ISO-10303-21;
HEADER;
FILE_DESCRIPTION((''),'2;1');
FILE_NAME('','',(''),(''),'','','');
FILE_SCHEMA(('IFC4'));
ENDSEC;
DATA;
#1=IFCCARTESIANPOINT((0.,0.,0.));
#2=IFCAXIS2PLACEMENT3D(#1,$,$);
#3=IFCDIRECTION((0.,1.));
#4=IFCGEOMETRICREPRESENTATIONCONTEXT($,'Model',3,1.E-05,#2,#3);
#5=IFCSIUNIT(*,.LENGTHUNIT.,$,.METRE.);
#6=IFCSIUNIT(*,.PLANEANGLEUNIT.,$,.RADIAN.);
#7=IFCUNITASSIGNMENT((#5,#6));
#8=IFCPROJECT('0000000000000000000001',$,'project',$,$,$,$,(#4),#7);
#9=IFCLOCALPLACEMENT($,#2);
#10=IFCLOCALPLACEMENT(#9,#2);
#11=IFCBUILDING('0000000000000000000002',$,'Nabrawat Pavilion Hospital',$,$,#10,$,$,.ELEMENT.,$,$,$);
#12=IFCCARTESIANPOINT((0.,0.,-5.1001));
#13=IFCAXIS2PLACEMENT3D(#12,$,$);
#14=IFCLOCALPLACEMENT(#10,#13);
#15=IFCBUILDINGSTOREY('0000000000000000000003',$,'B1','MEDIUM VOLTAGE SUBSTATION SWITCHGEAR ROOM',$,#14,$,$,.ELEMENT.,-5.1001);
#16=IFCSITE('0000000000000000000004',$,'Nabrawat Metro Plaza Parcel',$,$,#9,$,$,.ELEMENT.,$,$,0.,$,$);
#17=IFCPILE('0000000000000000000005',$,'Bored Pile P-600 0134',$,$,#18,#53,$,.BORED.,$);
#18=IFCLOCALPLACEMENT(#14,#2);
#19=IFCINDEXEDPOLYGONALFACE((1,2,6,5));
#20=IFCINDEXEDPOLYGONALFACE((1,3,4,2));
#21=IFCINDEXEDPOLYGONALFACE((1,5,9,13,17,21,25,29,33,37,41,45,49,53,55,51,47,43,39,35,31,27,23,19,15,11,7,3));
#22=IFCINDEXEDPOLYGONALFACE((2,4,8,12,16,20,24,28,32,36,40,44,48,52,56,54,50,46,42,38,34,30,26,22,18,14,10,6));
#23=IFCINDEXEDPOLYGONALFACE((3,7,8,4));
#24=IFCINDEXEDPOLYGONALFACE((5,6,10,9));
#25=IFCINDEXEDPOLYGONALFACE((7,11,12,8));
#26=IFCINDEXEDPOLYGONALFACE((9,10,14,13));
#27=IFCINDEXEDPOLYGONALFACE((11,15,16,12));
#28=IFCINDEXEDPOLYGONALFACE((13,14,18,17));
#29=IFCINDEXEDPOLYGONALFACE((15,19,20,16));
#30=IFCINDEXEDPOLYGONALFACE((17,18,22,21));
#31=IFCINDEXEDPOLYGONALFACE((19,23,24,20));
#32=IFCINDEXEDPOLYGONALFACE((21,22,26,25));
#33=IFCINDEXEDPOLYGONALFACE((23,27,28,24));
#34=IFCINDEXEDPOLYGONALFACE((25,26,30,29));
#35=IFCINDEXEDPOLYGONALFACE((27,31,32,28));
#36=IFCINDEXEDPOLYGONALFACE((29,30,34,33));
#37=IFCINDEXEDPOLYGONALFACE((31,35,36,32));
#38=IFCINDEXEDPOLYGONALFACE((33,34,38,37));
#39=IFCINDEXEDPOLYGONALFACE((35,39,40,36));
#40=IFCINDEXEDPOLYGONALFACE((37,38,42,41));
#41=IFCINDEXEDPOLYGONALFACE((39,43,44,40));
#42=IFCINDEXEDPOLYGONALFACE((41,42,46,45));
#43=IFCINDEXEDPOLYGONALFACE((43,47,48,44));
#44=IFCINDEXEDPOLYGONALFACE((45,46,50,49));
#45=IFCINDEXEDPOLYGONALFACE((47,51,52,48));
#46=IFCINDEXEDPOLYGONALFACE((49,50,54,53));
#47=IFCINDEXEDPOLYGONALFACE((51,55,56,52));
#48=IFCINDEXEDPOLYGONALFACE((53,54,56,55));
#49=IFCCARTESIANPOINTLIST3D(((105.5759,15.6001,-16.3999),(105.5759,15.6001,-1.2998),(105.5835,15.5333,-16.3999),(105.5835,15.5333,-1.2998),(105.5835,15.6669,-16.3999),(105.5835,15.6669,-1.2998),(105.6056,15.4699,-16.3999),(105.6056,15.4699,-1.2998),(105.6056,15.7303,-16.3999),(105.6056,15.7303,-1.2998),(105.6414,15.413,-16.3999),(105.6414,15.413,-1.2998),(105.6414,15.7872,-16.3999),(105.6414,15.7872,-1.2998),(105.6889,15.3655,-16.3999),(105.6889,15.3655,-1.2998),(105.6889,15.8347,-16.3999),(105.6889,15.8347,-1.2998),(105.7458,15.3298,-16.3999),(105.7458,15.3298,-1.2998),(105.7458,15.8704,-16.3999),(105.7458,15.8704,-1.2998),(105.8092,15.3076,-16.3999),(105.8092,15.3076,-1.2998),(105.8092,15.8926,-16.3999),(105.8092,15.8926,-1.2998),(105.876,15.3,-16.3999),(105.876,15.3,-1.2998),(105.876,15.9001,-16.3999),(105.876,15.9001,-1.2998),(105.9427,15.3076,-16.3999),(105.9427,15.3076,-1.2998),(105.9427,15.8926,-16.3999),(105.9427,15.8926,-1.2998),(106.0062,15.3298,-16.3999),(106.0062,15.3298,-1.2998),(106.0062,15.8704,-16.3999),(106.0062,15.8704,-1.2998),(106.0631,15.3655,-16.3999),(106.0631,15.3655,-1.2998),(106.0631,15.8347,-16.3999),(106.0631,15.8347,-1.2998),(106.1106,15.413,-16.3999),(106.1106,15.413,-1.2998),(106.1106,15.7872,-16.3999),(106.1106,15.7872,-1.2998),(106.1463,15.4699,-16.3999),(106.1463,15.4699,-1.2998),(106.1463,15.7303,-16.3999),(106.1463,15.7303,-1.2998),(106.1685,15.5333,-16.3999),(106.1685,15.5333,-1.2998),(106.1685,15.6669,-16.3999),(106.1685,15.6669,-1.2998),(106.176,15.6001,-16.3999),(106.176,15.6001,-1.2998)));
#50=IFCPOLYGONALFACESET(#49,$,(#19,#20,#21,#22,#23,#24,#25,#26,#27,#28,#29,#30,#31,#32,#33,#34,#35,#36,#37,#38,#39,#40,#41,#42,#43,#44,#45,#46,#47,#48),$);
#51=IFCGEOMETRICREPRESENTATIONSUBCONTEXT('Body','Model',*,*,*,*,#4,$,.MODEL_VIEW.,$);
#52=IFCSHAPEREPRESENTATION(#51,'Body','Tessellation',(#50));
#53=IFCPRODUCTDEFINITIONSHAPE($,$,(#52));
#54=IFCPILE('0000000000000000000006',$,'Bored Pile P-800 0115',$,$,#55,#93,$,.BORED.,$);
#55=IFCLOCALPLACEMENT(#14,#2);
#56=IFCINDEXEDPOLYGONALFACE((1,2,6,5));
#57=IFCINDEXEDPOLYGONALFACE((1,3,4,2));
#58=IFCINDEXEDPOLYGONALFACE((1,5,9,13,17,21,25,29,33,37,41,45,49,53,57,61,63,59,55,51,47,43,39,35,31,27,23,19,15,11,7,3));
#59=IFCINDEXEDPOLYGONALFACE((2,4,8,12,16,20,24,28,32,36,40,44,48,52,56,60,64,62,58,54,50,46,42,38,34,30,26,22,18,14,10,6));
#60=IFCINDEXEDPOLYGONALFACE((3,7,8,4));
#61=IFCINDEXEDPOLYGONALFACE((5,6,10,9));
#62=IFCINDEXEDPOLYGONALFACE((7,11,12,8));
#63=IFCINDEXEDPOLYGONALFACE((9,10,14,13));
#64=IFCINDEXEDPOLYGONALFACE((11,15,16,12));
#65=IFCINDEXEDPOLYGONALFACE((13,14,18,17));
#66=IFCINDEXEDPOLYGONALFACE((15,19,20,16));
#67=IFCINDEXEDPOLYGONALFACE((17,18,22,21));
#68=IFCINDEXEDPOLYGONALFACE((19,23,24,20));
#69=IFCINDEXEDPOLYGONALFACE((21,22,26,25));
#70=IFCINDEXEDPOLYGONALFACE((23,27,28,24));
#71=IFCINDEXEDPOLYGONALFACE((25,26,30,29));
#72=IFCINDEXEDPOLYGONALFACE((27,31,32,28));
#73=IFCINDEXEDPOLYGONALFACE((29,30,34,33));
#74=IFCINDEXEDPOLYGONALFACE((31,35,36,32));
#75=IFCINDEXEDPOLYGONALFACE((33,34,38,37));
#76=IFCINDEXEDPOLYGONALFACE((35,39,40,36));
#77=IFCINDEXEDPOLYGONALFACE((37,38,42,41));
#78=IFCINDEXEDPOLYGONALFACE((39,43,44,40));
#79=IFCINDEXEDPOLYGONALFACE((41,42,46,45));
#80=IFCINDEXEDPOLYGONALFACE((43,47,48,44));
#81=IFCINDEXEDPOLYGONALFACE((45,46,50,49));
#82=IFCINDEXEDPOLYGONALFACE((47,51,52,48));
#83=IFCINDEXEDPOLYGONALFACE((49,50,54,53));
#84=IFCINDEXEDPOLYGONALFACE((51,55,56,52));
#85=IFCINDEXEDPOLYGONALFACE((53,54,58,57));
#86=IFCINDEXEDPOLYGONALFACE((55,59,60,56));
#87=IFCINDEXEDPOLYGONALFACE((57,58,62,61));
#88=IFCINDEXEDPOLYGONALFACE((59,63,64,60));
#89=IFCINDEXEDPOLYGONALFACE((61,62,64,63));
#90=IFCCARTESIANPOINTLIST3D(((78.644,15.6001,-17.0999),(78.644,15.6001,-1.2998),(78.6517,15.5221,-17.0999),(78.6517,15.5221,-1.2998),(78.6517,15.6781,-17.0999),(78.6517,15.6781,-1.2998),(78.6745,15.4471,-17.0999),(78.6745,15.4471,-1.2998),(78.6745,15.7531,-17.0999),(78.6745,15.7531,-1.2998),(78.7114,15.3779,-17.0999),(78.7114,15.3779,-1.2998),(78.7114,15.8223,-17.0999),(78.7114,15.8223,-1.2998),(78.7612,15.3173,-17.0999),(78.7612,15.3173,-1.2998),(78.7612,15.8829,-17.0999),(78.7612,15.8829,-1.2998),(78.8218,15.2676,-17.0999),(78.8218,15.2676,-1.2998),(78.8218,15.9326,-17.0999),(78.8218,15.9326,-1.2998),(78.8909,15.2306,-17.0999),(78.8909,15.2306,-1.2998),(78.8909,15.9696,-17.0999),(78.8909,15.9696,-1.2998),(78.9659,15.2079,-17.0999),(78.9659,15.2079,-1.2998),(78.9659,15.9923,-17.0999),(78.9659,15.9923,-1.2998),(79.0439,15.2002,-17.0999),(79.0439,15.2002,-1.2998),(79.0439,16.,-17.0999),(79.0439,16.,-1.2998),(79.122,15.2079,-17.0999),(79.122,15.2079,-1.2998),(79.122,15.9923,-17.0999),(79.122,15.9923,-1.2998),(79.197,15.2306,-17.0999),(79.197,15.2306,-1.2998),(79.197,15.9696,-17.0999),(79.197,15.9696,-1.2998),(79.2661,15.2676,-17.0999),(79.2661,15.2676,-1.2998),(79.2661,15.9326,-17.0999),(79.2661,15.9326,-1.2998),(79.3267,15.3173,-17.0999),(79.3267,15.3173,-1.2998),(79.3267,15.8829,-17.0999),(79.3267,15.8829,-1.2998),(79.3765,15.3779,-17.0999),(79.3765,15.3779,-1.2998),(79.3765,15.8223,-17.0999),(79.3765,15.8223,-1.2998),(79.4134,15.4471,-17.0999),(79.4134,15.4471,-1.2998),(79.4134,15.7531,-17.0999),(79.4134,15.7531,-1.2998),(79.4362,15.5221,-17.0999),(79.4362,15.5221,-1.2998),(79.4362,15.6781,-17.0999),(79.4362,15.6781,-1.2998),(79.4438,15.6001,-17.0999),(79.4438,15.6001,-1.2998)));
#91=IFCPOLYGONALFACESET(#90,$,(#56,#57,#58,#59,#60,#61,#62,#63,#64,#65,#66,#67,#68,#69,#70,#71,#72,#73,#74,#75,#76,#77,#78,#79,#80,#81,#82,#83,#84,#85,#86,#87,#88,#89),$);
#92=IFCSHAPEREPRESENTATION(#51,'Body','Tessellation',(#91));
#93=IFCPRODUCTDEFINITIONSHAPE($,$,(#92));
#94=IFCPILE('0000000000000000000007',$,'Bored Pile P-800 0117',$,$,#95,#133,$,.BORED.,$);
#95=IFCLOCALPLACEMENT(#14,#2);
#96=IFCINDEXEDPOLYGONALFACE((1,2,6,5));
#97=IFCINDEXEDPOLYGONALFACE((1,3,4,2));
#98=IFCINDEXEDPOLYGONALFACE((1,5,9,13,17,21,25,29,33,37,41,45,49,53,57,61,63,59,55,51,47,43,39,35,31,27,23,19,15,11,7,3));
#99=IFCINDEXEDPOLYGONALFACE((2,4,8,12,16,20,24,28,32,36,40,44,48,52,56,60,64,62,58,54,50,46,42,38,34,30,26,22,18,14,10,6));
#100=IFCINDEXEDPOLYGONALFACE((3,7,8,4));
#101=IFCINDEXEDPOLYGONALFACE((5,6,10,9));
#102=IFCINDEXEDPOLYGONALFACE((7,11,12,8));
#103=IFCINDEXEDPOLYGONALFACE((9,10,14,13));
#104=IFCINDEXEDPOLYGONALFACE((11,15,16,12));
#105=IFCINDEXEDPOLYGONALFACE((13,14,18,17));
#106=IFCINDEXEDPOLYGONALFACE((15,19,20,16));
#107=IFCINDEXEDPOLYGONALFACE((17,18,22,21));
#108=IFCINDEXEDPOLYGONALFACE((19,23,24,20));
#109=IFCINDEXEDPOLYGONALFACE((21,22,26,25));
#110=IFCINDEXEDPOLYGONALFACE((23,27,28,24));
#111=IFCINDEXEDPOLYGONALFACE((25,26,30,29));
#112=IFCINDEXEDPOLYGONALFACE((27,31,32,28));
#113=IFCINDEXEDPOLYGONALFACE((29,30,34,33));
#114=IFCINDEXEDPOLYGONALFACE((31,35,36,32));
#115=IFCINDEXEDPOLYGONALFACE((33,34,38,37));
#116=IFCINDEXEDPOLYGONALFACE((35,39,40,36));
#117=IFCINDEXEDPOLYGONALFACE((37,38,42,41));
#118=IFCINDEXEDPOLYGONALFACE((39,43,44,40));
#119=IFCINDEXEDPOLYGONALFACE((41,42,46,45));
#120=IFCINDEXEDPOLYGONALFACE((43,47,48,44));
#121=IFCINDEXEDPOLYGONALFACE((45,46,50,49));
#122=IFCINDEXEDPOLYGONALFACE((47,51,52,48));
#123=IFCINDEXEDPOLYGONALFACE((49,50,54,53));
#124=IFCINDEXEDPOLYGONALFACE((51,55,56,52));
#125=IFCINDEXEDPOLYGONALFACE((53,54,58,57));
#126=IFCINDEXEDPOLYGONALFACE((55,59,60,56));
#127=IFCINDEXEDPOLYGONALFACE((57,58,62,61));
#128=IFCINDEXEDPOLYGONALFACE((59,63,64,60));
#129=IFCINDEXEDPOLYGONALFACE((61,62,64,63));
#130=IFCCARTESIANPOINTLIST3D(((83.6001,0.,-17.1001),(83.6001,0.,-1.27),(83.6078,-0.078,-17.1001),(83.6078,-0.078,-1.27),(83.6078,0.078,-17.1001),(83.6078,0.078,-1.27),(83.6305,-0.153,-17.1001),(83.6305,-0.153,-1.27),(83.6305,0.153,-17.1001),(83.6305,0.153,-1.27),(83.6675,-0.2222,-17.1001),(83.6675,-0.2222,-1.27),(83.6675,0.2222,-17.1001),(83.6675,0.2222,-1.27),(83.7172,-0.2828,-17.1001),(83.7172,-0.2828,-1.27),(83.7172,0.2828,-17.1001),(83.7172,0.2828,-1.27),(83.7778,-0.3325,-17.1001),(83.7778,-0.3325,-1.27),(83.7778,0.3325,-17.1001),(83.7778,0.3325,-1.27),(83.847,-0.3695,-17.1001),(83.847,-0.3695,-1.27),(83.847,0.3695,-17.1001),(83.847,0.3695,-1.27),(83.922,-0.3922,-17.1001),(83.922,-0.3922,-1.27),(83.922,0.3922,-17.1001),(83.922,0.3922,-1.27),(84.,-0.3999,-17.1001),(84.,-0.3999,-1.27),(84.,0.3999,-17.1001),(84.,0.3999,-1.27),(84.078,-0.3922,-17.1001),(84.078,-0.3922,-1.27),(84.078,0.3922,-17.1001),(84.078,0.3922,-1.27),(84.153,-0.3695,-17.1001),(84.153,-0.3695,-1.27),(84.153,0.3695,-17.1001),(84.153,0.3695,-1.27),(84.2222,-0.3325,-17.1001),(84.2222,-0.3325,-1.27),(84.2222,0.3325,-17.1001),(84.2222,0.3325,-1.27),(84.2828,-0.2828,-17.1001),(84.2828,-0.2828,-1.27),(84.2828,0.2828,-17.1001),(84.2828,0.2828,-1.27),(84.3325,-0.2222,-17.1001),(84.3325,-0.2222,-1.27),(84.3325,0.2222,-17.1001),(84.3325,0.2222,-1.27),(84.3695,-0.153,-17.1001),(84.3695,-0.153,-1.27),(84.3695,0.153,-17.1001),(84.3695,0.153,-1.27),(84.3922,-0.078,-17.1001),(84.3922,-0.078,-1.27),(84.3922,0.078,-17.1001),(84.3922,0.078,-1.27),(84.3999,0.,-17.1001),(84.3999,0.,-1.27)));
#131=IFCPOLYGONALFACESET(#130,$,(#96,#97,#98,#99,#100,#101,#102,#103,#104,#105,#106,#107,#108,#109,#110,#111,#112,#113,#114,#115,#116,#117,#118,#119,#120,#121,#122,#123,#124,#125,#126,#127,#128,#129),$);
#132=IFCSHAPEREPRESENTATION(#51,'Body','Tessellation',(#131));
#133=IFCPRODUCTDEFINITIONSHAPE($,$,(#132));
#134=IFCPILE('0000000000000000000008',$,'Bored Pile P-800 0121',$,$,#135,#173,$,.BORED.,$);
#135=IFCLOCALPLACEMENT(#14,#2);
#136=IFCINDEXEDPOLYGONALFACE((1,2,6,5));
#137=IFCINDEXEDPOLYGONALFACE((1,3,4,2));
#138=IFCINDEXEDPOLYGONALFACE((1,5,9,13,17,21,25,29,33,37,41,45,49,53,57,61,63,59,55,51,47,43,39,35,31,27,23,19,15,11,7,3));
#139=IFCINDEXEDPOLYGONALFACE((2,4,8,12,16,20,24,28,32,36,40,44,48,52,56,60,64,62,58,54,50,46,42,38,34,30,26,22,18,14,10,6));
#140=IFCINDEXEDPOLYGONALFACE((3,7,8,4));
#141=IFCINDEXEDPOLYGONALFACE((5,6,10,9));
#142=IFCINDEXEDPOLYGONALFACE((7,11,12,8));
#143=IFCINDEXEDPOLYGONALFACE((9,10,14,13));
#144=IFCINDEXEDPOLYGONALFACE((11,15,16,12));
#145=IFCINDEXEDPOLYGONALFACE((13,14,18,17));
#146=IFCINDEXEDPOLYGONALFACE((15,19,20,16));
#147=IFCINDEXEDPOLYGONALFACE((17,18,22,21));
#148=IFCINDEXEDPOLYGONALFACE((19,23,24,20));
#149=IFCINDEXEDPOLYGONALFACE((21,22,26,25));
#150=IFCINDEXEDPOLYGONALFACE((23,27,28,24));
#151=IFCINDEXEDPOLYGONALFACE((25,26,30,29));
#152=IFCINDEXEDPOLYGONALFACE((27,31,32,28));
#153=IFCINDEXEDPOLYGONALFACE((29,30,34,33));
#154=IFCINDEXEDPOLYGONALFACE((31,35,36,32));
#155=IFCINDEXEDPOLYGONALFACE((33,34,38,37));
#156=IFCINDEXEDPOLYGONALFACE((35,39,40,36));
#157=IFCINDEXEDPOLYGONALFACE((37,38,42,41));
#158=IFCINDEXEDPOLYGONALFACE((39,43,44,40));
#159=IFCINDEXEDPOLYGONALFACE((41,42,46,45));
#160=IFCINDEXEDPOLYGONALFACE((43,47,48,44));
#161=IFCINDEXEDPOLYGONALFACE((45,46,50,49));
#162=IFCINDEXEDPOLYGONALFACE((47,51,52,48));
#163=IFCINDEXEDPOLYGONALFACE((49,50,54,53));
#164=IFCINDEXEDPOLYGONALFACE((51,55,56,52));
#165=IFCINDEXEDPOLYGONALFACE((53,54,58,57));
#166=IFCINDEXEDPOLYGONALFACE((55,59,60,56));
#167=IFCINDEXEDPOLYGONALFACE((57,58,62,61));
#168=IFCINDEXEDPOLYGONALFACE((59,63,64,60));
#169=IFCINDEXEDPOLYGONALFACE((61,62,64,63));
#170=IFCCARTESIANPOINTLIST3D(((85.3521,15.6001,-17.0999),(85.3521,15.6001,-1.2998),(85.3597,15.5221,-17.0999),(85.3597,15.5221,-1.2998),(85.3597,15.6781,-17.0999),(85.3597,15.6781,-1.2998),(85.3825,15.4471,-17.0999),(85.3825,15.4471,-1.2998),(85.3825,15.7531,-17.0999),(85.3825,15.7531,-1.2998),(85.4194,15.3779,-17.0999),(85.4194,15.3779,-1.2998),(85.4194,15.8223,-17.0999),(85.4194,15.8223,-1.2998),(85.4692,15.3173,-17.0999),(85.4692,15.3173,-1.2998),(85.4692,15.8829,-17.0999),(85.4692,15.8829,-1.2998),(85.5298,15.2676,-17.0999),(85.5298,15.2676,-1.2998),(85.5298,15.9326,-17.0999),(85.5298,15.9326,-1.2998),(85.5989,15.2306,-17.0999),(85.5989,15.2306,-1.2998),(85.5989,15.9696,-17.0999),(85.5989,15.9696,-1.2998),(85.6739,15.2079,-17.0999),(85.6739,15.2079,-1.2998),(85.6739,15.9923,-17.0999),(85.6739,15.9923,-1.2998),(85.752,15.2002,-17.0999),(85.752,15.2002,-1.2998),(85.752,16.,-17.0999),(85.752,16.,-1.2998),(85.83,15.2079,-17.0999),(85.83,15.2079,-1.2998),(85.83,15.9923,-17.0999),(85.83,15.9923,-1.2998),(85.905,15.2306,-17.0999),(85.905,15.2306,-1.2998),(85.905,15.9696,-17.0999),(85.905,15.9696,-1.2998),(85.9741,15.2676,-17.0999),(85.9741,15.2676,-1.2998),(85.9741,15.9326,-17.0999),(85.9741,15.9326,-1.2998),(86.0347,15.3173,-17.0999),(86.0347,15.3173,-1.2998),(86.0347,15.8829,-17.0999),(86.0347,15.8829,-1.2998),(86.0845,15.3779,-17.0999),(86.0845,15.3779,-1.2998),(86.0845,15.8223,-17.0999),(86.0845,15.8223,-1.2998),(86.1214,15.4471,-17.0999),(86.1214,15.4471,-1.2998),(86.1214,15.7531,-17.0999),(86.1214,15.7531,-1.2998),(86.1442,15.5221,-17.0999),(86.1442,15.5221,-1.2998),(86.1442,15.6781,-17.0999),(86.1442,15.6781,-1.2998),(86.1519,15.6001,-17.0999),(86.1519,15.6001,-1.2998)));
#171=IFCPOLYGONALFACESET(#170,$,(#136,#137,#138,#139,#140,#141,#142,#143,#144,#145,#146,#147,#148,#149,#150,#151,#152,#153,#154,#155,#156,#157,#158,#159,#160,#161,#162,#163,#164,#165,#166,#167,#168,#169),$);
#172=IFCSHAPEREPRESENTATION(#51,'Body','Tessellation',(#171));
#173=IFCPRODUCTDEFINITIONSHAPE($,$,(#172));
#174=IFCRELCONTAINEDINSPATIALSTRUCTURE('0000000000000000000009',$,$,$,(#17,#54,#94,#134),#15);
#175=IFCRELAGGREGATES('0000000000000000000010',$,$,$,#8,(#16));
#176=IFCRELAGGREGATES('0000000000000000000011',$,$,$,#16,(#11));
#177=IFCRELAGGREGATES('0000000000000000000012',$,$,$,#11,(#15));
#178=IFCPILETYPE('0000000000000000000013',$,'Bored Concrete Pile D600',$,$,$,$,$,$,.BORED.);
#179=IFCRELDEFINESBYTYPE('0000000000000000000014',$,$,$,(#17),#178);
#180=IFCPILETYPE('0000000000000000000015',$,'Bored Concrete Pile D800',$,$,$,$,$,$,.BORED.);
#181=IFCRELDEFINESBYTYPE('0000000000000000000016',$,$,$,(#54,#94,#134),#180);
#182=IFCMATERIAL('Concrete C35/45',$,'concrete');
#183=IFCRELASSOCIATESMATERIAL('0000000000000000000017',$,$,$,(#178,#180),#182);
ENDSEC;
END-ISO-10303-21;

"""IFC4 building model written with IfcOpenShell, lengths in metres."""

from ifc_helpers import new_model, si_unit, direction, frame, origin, origin_2d, place, context, subcontext, project, spatial, circle, extrude, material, material_profile, profile_set, type_object, element, save


model = new_model("IFC4")

# Units and contexts
model_context = context("Model", 3, precision=1e-05, world=origin(), true_north=direction((0.0, 1.0)))
body_context = subcontext(model_context, "Body", "Model", "MODEL_VIEW")
ifc_project = project(units=[si_unit("LENGTHUNIT", "METRE"), si_unit("PLANEANGLEUNIT", "RADIAN")], contexts=[model_context])

# Site, building, storey
site_placement = place(None, origin())
site = spatial("IfcSite", under=ifc_project, at=site_placement, Name="Nabrawat Metro Plaza Parcel", CompositionType="ELEMENT", RefElevation=0.0)
building_placement = place(site_placement, origin())
building = spatial("IfcBuilding", under=site, at=building_placement, Name="Nabrawat Pavilion Hospital", CompositionType="ELEMENT")
storey_placement = place(building_placement, frame((0.0, 0.0, -5.1001)))
storey = spatial("IfcBuildingStorey", under=building, at=storey_placement, Name="B1", Description="MEDIUM VOLTAGE SUBSTATION SWITCHGEAR ROOM", CompositionType="ELEMENT", Elevation=-5.1001)

# Piles
ifc_material_1 = material(Name="Concrete C35/45", Category="concrete")
ifc_material_profile_1 = material_profile(ifc_material_1, circle(Radius=0.3, at=origin_2d()), Name="DIA 600")
ifc_profile_set_1 = profile_set([ifc_material_profile_1], Name="Concrete C35/45")
pile_type_1 = type_object("IfcPileType", Name="Bored Concrete Pile D600", PredefinedType="BORED", material=ifc_profile_set_1)
pile_1_placement = place(storey_placement, frame((105.876, 15.6001, -1.2998), z_axis=(0.0, 0.0, -1.0), x_axis=(1.0, 0.0, 0.0)))
element("IfcPile", 1, at=pile_1_placement, inside=storey, type_object=pile_type_1, Name="Bored Pile P-600 0134", PredefinedType="BORED", context=body_context, shape_type="SweptSolid", body=[
    extrude(circle(Radius=0.3, at=origin_2d()), origin(), (0.0, 0.0, 1.0), 15.1001),
])
ifc_material_profile_2 = material_profile(ifc_material_1, circle(Radius=0.3999, at=origin_2d()), Name="DIA 800")
ifc_profile_set_2 = profile_set([ifc_material_profile_2], Name="Concrete C35/45")
pile_type_2 = type_object("IfcPileType", Name="Bored Concrete Pile D800", PredefinedType="BORED", material=ifc_profile_set_2)
pile_2_placement = place(storey_placement, frame((79.0439, 15.6001, -1.2998), z_axis=(0.0, 0.0, -1.0), x_axis=(1.0, 0.0, 0.0)))
element("IfcPile", 2, at=pile_2_placement, inside=storey, type_object=pile_type_2, Name="Bored Pile P-800 0115", PredefinedType="BORED", context=body_context, shape_type="SweptSolid", body=[
    extrude(circle(Radius=0.3999, at=origin_2d()), origin(), (0.0, 0.0, 1.0), 15.8),
])
pile_3_placement = place(storey_placement, frame((84.0, 0.0, -1.27), z_axis=(0.0, 0.0, -1.0), x_axis=(1.0, 0.0, 0.0)))
element("IfcPile", 3, at=pile_3_placement, inside=storey, type_object=pile_type_2, Name="Bored Pile P-800 0117", PredefinedType="BORED", context=body_context, shape_type="SweptSolid", body=[
    extrude(circle(Radius=0.3999, at=origin_2d()), origin(), (0.0, 0.0, 1.0), 15.8301),
])
pile_4_placement = place(storey_placement, frame((85.752, 15.6001, -1.2998), z_axis=(0.0, 0.0, -1.0), x_axis=(1.0, 0.0, 0.0)))
element("IfcPile", 4, at=pile_4_placement, inside=storey, type_object=pile_type_2, Name="Bored Pile P-800 0121", PredefinedType="BORED", context=body_context, shape_type="SweptSolid", body=[
    extrude(circle(Radius=0.3999, at=origin_2d()), origin(), (0.0, 0.0, 1.0), 15.8),
])

save(model, "model.ifc")
